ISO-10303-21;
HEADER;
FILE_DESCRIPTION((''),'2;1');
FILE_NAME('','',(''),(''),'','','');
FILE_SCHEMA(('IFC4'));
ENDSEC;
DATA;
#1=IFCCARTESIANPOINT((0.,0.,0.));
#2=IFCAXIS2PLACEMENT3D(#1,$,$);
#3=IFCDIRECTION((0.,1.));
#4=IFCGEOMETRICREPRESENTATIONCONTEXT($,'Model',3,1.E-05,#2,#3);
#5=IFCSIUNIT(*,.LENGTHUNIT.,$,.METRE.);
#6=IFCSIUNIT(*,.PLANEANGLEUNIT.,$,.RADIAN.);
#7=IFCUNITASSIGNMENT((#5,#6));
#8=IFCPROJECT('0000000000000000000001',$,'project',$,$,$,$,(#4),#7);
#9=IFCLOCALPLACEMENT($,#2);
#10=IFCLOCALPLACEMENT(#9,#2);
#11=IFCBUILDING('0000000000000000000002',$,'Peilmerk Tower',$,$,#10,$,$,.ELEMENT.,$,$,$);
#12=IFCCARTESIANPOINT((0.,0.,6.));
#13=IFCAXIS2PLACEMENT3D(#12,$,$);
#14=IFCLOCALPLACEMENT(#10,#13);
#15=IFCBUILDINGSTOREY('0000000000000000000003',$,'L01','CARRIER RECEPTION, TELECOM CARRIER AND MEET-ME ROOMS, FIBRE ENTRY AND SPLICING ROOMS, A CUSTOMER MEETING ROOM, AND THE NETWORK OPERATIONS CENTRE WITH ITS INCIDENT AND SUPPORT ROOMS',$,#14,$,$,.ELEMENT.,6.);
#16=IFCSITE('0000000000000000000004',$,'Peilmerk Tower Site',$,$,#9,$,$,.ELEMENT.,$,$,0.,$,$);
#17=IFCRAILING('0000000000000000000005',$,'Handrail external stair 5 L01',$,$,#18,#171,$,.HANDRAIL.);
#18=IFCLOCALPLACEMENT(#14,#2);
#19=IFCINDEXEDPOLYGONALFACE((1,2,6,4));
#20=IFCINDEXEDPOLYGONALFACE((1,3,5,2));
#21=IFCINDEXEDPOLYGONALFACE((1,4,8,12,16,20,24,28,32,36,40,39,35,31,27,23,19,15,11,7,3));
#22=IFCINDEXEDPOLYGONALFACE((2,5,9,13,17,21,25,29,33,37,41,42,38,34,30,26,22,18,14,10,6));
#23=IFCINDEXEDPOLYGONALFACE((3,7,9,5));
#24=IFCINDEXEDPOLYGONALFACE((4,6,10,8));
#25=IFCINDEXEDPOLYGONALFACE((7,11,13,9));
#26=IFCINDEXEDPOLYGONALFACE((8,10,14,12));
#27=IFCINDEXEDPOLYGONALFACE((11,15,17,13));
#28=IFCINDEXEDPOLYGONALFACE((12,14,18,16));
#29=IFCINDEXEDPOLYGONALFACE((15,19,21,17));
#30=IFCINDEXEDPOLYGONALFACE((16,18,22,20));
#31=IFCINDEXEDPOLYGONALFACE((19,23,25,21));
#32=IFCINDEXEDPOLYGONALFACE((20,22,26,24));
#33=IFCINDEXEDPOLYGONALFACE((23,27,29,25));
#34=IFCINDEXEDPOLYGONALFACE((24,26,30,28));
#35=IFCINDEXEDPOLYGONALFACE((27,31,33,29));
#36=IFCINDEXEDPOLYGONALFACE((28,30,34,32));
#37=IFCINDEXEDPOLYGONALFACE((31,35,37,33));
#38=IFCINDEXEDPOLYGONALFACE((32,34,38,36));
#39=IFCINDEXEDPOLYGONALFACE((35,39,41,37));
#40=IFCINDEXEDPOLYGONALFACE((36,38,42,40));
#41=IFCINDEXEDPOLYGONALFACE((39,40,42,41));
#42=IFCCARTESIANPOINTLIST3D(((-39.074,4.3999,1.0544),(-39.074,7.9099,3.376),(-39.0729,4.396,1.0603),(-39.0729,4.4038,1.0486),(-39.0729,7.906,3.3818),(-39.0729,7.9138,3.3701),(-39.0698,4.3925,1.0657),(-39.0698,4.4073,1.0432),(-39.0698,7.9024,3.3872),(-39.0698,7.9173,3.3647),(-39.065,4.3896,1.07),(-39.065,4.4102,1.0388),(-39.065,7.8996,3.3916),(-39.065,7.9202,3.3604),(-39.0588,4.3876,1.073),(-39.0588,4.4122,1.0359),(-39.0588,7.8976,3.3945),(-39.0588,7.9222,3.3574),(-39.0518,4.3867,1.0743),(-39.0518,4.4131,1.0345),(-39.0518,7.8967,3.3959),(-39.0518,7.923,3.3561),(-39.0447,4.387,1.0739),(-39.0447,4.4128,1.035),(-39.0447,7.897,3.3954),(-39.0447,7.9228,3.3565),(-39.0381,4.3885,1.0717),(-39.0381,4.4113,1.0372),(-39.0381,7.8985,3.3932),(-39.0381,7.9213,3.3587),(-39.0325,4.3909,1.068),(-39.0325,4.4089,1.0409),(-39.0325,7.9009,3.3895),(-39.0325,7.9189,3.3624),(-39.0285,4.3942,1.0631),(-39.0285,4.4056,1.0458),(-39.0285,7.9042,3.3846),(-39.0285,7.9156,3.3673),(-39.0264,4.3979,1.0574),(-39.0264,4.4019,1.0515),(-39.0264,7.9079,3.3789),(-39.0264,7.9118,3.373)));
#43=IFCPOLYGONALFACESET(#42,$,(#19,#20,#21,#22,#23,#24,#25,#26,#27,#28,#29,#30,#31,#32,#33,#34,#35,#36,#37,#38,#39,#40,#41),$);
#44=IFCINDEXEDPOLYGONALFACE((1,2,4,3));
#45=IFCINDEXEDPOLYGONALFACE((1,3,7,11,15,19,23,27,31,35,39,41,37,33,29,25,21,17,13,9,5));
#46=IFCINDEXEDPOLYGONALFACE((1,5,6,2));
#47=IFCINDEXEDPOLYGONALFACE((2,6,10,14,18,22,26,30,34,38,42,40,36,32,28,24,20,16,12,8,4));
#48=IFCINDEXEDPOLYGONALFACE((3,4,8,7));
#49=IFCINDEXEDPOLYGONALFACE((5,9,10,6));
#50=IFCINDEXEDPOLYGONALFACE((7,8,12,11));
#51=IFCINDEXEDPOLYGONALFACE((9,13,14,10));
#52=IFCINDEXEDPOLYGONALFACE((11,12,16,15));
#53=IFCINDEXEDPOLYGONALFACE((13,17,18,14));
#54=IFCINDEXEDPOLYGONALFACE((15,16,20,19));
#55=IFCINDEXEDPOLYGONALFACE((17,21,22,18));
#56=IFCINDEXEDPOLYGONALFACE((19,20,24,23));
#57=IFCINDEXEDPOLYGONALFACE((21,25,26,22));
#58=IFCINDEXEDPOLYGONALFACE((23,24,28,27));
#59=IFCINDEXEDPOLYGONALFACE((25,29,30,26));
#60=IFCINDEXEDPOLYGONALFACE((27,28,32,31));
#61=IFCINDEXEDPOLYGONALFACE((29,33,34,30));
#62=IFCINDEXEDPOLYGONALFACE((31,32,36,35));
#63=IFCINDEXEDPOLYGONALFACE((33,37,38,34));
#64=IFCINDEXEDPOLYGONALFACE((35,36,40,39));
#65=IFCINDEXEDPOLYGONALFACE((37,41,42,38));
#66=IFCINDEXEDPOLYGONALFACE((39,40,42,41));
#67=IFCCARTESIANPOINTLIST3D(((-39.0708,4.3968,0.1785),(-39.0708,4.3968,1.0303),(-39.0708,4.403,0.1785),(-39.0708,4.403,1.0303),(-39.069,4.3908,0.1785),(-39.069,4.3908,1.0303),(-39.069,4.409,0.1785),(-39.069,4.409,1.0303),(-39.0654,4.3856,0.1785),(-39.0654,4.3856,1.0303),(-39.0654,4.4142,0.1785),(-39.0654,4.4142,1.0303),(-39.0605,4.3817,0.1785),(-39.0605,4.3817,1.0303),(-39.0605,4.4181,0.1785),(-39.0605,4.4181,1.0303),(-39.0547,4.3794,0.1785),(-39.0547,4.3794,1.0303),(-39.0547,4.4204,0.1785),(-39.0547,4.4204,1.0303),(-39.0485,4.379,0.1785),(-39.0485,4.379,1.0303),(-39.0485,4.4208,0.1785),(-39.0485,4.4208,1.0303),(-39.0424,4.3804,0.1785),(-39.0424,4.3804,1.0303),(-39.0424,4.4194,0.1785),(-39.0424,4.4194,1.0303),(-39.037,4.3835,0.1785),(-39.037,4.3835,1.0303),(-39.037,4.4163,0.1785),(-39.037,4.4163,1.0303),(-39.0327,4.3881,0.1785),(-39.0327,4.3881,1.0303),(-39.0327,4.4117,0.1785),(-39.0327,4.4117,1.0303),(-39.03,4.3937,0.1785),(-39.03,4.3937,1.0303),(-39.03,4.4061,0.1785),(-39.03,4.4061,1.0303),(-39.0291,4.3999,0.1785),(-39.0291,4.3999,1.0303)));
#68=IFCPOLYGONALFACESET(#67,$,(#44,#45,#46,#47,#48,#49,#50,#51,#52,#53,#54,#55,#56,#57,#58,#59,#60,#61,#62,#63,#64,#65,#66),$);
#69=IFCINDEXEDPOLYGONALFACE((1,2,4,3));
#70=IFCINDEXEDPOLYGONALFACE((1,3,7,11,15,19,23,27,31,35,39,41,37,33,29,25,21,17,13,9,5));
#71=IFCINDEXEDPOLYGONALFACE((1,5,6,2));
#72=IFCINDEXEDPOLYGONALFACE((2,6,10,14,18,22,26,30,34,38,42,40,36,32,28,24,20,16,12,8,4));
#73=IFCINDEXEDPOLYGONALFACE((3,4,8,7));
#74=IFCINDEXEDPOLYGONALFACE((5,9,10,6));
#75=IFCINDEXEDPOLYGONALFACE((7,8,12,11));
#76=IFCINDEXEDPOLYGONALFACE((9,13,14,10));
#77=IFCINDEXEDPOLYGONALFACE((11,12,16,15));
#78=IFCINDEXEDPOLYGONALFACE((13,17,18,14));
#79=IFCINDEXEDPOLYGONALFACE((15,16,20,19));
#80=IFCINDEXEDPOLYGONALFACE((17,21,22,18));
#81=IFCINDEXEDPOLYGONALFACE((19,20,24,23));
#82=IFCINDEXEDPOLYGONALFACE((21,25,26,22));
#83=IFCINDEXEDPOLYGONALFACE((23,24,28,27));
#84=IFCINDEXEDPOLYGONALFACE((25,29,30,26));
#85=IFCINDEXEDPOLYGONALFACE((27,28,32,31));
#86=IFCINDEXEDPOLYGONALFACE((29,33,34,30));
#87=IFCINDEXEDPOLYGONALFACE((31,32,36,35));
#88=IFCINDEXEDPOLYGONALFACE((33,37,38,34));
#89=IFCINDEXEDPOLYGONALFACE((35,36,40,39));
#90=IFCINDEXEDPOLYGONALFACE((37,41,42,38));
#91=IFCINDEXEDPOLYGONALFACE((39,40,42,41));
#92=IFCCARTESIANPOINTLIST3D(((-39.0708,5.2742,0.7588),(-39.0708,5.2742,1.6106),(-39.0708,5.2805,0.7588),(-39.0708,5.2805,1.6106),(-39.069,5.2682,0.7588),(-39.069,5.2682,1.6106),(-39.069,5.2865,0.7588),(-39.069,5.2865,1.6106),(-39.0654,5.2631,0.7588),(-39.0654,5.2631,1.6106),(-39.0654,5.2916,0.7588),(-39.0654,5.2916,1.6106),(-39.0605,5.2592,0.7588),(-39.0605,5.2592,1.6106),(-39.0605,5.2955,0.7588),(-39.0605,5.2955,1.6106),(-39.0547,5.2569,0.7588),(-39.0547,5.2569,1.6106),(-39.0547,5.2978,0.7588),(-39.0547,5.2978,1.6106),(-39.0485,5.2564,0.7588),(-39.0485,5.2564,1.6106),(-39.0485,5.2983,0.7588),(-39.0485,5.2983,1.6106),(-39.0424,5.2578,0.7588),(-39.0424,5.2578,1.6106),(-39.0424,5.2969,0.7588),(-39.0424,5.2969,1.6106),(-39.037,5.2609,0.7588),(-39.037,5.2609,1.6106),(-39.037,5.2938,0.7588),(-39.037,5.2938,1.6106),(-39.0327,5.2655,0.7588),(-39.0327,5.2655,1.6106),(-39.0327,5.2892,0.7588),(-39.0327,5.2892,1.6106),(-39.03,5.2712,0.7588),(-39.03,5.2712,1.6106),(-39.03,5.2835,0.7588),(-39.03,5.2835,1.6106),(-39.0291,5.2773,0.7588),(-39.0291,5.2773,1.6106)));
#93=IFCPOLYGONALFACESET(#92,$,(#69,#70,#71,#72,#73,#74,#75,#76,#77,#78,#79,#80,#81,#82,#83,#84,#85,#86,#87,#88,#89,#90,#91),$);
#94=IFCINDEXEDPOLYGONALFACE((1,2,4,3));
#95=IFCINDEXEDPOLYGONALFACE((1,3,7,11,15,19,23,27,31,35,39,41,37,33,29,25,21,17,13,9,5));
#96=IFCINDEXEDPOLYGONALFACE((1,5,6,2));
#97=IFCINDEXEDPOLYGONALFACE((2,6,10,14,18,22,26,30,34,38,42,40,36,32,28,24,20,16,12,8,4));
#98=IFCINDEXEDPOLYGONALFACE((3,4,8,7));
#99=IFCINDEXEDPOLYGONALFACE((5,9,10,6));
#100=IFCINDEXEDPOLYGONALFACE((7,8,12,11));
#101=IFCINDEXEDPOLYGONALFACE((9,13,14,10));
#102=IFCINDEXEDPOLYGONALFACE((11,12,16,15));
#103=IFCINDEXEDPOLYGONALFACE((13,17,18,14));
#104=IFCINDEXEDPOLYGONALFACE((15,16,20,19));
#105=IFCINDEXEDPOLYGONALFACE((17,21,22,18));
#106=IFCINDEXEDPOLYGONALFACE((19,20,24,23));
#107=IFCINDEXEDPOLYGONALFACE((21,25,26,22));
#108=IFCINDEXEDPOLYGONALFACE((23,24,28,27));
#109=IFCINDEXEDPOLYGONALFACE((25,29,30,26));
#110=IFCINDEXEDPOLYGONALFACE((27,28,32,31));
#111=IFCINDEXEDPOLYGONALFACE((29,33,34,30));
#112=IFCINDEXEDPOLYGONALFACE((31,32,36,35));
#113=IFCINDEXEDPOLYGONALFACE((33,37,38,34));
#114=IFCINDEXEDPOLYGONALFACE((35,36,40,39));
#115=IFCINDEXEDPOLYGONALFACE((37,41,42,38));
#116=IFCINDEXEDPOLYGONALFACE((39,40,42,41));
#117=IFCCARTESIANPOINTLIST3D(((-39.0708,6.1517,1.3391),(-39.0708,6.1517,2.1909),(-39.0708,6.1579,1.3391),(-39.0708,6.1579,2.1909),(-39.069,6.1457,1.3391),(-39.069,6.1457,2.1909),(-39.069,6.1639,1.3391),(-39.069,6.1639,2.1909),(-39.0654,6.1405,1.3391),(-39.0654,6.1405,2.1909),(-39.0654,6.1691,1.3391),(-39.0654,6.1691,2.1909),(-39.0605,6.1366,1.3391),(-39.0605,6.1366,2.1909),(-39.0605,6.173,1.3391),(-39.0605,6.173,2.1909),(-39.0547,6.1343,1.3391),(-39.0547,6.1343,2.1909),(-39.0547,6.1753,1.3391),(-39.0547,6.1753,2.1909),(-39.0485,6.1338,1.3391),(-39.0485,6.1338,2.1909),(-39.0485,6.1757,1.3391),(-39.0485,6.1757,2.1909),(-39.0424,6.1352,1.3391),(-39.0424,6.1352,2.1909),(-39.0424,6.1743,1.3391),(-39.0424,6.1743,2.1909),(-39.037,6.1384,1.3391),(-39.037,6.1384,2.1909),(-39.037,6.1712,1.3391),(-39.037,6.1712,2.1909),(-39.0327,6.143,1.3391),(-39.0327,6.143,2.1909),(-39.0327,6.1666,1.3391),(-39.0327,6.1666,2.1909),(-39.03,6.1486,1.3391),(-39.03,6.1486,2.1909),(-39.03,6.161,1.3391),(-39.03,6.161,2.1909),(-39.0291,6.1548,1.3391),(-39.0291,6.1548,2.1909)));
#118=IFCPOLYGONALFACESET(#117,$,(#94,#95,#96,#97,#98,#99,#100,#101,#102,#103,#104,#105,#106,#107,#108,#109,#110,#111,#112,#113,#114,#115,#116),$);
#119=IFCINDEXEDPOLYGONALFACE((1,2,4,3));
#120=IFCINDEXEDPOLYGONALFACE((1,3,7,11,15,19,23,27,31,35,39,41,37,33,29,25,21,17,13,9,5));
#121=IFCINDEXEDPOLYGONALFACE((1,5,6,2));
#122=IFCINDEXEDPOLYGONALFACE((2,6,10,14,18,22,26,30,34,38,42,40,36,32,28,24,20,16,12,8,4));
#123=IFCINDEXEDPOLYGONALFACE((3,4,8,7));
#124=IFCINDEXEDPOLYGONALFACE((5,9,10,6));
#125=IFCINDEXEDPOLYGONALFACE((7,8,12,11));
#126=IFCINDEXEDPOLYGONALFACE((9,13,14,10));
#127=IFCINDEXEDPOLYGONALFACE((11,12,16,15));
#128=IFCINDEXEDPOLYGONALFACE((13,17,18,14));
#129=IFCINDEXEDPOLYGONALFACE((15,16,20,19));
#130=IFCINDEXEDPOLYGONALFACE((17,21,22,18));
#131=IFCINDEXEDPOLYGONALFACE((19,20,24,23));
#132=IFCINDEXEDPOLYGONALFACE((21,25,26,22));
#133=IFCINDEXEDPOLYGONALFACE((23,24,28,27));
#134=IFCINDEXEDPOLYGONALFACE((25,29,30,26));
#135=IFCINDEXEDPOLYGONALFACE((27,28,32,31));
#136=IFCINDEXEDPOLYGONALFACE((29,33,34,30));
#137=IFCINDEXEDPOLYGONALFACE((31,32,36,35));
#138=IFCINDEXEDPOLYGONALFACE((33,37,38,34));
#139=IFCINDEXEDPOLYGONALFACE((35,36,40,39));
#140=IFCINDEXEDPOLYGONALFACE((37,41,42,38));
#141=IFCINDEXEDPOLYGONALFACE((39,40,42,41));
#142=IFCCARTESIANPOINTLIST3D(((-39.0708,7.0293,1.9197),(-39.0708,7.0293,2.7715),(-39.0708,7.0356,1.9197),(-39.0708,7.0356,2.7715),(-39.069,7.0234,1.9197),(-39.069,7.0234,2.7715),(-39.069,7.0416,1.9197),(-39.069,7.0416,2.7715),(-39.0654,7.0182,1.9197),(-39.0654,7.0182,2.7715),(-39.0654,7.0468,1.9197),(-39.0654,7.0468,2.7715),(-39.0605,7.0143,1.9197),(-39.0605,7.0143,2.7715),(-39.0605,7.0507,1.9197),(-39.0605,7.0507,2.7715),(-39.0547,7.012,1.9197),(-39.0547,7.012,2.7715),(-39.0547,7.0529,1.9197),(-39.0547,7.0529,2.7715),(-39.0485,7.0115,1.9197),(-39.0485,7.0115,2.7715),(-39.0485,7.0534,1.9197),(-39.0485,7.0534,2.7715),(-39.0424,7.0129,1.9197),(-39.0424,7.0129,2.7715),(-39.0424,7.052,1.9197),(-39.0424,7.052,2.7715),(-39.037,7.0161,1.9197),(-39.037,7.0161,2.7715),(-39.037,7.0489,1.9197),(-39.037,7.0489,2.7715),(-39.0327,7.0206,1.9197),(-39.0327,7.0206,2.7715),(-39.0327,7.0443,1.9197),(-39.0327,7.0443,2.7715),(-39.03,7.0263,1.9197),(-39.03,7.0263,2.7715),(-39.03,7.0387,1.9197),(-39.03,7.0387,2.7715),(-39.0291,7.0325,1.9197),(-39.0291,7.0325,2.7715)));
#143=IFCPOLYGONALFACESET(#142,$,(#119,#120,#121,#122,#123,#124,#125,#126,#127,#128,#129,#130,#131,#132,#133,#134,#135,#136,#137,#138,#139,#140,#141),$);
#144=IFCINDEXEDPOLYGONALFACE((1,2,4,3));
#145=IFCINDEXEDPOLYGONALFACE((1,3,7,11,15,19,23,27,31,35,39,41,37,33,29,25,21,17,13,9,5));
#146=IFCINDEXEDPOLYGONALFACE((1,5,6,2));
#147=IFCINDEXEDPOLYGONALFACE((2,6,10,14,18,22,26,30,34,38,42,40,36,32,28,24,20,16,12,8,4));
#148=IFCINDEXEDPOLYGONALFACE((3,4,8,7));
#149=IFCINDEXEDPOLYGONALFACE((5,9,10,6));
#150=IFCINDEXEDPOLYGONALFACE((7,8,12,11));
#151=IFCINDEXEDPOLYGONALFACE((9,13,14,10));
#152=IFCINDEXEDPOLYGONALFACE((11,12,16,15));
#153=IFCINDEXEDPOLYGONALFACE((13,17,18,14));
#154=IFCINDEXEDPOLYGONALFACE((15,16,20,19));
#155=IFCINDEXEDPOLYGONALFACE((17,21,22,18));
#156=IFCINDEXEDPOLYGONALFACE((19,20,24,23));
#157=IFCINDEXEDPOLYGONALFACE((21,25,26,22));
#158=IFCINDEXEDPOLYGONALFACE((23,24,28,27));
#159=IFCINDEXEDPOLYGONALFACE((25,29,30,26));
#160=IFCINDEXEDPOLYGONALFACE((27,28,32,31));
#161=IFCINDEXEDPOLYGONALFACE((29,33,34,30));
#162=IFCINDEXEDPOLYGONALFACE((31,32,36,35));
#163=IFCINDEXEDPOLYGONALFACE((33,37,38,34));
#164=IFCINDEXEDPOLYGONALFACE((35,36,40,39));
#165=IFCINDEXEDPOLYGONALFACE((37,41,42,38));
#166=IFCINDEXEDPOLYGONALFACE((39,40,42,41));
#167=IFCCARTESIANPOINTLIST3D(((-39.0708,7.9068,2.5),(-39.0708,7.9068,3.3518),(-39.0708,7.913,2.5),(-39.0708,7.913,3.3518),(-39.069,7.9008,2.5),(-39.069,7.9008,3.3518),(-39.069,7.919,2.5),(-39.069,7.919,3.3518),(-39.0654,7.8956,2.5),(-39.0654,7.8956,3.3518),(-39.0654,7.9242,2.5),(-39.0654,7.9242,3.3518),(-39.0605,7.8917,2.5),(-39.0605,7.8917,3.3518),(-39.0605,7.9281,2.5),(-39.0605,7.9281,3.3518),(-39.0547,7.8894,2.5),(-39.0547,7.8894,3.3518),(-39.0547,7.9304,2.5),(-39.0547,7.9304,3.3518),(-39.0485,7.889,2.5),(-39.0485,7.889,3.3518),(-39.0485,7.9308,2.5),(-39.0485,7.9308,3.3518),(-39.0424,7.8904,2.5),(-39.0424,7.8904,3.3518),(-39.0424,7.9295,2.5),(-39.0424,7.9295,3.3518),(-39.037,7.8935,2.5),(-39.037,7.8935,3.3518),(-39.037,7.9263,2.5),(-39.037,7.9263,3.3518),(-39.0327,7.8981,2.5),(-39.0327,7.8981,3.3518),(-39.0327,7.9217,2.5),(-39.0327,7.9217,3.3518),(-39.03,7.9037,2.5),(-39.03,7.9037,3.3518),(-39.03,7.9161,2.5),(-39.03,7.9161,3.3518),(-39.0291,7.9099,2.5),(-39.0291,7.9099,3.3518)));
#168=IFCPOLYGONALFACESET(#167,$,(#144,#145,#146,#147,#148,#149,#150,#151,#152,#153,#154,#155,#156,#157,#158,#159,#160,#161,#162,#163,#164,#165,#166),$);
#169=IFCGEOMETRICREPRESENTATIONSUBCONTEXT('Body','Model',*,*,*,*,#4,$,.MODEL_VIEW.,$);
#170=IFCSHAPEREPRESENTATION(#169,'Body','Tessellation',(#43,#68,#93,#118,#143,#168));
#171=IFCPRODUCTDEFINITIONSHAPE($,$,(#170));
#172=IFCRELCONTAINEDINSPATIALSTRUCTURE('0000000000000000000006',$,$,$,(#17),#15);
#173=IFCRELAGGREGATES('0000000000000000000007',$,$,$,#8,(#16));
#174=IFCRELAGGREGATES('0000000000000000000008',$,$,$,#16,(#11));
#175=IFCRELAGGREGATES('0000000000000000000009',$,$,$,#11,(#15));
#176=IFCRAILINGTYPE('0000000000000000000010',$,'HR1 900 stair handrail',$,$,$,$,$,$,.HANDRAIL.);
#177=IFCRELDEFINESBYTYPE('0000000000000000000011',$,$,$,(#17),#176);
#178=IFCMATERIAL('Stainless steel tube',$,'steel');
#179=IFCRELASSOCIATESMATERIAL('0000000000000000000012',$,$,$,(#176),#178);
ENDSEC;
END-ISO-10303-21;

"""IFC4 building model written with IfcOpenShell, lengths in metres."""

from ifc_helpers import new_model, si_unit, direction, frame, origin, origin_2d, place, context, subcontext, project, spatial, circle, extrude, material, type_object, element, save


model = new_model("IFC4")

# Units and contexts
model_context = context("Model", 3, precision=1e-05, world=origin(), true_north=direction((0.0, 1.0)))
body_context = subcontext(model_context, "Body", "Model", "MODEL_VIEW")
ifc_project = project(units=[si_unit("LENGTHUNIT", "METRE"), si_unit("PLANEANGLEUNIT", "RADIAN")], contexts=[model_context])

# Site, building, storey
site_placement = place(None, origin())
site = spatial("IfcSite", under=ifc_project, at=site_placement, Name="Peilmerk Tower Site", CompositionType="ELEMENT", RefElevation=0.0)
building_placement = place(site_placement, origin())
building = spatial("IfcBuilding", under=site, at=building_placement, Name="Peilmerk Tower", CompositionType="ELEMENT")
storey_placement = place(building_placement, frame((0.0, 0.0, 6.0)))
storey = spatial("IfcBuildingStorey", under=building, at=storey_placement, Name="L01", Description="CARRIER RECEPTION, TELECOM CARRIER AND MEET-ME ROOMS, FIBRE ENTRY AND SPLICING ROOMS, A CUSTOMER MEETING ROOM, AND THE NETWORK OPERATIONS CENTRE WITH ITS INCIDENT AND SUPPORT ROOMS", CompositionType="ELEMENT", Elevation=6.0)

# Railing
ifc_material_1 = material(Name="Stainless steel tube", Category="steel")
railing_type_1 = type_object("IfcRailingType", Name="HR1 900 stair handrail", PredefinedType="HANDRAIL", material=ifc_material_1)
for number, where, name in (
    (1, (-39.05, 4.3999, 0.1785), "Handrail external stair 5 L01"),
):
    element("IfcRailing", number, at=place(storey_placement, frame(where)), inside=storey, type_object=railing_type_1, Name=name, PredefinedType="HANDRAIL", context=body_context, shape_type="SweptSolid", body=[
        extrude(circle(Radius=0.0239, at=origin_2d()), frame((0.0, 0.0, 0.876), z_axis=(0.0, 0.834071, 0.551657), x_axis=(-1.0, 0.0, 0.0)), (0.0, 0.0, 1.0), 4.2083),
        extrude(circle(Radius=0.021, at=origin_2d()), origin(), (0.0, 0.0, 1.0), 0.8518),
        extrude(circle(Radius=0.021, at=origin_2d()), frame((0.0, 0.8774, 0.5803)), (0.0, 0.0, 1.0), 0.8518),
        extrude(circle(Radius=0.021, at=origin_2d()), frame((0.0, 1.7549, 1.1606)), (0.0, 0.0, 1.0), 0.8518),
        extrude(circle(Radius=0.021, at=origin_2d()), frame((0.0, 2.6326, 1.7412)), (0.0, 0.0, 1.0), 0.8518),
        extrude(circle(Radius=0.021, at=origin_2d()), frame((0.0, 3.51, 2.3215)), (0.0, 0.0, 1.0), 0.8518),
    ])

save(model, "model.ifc")
